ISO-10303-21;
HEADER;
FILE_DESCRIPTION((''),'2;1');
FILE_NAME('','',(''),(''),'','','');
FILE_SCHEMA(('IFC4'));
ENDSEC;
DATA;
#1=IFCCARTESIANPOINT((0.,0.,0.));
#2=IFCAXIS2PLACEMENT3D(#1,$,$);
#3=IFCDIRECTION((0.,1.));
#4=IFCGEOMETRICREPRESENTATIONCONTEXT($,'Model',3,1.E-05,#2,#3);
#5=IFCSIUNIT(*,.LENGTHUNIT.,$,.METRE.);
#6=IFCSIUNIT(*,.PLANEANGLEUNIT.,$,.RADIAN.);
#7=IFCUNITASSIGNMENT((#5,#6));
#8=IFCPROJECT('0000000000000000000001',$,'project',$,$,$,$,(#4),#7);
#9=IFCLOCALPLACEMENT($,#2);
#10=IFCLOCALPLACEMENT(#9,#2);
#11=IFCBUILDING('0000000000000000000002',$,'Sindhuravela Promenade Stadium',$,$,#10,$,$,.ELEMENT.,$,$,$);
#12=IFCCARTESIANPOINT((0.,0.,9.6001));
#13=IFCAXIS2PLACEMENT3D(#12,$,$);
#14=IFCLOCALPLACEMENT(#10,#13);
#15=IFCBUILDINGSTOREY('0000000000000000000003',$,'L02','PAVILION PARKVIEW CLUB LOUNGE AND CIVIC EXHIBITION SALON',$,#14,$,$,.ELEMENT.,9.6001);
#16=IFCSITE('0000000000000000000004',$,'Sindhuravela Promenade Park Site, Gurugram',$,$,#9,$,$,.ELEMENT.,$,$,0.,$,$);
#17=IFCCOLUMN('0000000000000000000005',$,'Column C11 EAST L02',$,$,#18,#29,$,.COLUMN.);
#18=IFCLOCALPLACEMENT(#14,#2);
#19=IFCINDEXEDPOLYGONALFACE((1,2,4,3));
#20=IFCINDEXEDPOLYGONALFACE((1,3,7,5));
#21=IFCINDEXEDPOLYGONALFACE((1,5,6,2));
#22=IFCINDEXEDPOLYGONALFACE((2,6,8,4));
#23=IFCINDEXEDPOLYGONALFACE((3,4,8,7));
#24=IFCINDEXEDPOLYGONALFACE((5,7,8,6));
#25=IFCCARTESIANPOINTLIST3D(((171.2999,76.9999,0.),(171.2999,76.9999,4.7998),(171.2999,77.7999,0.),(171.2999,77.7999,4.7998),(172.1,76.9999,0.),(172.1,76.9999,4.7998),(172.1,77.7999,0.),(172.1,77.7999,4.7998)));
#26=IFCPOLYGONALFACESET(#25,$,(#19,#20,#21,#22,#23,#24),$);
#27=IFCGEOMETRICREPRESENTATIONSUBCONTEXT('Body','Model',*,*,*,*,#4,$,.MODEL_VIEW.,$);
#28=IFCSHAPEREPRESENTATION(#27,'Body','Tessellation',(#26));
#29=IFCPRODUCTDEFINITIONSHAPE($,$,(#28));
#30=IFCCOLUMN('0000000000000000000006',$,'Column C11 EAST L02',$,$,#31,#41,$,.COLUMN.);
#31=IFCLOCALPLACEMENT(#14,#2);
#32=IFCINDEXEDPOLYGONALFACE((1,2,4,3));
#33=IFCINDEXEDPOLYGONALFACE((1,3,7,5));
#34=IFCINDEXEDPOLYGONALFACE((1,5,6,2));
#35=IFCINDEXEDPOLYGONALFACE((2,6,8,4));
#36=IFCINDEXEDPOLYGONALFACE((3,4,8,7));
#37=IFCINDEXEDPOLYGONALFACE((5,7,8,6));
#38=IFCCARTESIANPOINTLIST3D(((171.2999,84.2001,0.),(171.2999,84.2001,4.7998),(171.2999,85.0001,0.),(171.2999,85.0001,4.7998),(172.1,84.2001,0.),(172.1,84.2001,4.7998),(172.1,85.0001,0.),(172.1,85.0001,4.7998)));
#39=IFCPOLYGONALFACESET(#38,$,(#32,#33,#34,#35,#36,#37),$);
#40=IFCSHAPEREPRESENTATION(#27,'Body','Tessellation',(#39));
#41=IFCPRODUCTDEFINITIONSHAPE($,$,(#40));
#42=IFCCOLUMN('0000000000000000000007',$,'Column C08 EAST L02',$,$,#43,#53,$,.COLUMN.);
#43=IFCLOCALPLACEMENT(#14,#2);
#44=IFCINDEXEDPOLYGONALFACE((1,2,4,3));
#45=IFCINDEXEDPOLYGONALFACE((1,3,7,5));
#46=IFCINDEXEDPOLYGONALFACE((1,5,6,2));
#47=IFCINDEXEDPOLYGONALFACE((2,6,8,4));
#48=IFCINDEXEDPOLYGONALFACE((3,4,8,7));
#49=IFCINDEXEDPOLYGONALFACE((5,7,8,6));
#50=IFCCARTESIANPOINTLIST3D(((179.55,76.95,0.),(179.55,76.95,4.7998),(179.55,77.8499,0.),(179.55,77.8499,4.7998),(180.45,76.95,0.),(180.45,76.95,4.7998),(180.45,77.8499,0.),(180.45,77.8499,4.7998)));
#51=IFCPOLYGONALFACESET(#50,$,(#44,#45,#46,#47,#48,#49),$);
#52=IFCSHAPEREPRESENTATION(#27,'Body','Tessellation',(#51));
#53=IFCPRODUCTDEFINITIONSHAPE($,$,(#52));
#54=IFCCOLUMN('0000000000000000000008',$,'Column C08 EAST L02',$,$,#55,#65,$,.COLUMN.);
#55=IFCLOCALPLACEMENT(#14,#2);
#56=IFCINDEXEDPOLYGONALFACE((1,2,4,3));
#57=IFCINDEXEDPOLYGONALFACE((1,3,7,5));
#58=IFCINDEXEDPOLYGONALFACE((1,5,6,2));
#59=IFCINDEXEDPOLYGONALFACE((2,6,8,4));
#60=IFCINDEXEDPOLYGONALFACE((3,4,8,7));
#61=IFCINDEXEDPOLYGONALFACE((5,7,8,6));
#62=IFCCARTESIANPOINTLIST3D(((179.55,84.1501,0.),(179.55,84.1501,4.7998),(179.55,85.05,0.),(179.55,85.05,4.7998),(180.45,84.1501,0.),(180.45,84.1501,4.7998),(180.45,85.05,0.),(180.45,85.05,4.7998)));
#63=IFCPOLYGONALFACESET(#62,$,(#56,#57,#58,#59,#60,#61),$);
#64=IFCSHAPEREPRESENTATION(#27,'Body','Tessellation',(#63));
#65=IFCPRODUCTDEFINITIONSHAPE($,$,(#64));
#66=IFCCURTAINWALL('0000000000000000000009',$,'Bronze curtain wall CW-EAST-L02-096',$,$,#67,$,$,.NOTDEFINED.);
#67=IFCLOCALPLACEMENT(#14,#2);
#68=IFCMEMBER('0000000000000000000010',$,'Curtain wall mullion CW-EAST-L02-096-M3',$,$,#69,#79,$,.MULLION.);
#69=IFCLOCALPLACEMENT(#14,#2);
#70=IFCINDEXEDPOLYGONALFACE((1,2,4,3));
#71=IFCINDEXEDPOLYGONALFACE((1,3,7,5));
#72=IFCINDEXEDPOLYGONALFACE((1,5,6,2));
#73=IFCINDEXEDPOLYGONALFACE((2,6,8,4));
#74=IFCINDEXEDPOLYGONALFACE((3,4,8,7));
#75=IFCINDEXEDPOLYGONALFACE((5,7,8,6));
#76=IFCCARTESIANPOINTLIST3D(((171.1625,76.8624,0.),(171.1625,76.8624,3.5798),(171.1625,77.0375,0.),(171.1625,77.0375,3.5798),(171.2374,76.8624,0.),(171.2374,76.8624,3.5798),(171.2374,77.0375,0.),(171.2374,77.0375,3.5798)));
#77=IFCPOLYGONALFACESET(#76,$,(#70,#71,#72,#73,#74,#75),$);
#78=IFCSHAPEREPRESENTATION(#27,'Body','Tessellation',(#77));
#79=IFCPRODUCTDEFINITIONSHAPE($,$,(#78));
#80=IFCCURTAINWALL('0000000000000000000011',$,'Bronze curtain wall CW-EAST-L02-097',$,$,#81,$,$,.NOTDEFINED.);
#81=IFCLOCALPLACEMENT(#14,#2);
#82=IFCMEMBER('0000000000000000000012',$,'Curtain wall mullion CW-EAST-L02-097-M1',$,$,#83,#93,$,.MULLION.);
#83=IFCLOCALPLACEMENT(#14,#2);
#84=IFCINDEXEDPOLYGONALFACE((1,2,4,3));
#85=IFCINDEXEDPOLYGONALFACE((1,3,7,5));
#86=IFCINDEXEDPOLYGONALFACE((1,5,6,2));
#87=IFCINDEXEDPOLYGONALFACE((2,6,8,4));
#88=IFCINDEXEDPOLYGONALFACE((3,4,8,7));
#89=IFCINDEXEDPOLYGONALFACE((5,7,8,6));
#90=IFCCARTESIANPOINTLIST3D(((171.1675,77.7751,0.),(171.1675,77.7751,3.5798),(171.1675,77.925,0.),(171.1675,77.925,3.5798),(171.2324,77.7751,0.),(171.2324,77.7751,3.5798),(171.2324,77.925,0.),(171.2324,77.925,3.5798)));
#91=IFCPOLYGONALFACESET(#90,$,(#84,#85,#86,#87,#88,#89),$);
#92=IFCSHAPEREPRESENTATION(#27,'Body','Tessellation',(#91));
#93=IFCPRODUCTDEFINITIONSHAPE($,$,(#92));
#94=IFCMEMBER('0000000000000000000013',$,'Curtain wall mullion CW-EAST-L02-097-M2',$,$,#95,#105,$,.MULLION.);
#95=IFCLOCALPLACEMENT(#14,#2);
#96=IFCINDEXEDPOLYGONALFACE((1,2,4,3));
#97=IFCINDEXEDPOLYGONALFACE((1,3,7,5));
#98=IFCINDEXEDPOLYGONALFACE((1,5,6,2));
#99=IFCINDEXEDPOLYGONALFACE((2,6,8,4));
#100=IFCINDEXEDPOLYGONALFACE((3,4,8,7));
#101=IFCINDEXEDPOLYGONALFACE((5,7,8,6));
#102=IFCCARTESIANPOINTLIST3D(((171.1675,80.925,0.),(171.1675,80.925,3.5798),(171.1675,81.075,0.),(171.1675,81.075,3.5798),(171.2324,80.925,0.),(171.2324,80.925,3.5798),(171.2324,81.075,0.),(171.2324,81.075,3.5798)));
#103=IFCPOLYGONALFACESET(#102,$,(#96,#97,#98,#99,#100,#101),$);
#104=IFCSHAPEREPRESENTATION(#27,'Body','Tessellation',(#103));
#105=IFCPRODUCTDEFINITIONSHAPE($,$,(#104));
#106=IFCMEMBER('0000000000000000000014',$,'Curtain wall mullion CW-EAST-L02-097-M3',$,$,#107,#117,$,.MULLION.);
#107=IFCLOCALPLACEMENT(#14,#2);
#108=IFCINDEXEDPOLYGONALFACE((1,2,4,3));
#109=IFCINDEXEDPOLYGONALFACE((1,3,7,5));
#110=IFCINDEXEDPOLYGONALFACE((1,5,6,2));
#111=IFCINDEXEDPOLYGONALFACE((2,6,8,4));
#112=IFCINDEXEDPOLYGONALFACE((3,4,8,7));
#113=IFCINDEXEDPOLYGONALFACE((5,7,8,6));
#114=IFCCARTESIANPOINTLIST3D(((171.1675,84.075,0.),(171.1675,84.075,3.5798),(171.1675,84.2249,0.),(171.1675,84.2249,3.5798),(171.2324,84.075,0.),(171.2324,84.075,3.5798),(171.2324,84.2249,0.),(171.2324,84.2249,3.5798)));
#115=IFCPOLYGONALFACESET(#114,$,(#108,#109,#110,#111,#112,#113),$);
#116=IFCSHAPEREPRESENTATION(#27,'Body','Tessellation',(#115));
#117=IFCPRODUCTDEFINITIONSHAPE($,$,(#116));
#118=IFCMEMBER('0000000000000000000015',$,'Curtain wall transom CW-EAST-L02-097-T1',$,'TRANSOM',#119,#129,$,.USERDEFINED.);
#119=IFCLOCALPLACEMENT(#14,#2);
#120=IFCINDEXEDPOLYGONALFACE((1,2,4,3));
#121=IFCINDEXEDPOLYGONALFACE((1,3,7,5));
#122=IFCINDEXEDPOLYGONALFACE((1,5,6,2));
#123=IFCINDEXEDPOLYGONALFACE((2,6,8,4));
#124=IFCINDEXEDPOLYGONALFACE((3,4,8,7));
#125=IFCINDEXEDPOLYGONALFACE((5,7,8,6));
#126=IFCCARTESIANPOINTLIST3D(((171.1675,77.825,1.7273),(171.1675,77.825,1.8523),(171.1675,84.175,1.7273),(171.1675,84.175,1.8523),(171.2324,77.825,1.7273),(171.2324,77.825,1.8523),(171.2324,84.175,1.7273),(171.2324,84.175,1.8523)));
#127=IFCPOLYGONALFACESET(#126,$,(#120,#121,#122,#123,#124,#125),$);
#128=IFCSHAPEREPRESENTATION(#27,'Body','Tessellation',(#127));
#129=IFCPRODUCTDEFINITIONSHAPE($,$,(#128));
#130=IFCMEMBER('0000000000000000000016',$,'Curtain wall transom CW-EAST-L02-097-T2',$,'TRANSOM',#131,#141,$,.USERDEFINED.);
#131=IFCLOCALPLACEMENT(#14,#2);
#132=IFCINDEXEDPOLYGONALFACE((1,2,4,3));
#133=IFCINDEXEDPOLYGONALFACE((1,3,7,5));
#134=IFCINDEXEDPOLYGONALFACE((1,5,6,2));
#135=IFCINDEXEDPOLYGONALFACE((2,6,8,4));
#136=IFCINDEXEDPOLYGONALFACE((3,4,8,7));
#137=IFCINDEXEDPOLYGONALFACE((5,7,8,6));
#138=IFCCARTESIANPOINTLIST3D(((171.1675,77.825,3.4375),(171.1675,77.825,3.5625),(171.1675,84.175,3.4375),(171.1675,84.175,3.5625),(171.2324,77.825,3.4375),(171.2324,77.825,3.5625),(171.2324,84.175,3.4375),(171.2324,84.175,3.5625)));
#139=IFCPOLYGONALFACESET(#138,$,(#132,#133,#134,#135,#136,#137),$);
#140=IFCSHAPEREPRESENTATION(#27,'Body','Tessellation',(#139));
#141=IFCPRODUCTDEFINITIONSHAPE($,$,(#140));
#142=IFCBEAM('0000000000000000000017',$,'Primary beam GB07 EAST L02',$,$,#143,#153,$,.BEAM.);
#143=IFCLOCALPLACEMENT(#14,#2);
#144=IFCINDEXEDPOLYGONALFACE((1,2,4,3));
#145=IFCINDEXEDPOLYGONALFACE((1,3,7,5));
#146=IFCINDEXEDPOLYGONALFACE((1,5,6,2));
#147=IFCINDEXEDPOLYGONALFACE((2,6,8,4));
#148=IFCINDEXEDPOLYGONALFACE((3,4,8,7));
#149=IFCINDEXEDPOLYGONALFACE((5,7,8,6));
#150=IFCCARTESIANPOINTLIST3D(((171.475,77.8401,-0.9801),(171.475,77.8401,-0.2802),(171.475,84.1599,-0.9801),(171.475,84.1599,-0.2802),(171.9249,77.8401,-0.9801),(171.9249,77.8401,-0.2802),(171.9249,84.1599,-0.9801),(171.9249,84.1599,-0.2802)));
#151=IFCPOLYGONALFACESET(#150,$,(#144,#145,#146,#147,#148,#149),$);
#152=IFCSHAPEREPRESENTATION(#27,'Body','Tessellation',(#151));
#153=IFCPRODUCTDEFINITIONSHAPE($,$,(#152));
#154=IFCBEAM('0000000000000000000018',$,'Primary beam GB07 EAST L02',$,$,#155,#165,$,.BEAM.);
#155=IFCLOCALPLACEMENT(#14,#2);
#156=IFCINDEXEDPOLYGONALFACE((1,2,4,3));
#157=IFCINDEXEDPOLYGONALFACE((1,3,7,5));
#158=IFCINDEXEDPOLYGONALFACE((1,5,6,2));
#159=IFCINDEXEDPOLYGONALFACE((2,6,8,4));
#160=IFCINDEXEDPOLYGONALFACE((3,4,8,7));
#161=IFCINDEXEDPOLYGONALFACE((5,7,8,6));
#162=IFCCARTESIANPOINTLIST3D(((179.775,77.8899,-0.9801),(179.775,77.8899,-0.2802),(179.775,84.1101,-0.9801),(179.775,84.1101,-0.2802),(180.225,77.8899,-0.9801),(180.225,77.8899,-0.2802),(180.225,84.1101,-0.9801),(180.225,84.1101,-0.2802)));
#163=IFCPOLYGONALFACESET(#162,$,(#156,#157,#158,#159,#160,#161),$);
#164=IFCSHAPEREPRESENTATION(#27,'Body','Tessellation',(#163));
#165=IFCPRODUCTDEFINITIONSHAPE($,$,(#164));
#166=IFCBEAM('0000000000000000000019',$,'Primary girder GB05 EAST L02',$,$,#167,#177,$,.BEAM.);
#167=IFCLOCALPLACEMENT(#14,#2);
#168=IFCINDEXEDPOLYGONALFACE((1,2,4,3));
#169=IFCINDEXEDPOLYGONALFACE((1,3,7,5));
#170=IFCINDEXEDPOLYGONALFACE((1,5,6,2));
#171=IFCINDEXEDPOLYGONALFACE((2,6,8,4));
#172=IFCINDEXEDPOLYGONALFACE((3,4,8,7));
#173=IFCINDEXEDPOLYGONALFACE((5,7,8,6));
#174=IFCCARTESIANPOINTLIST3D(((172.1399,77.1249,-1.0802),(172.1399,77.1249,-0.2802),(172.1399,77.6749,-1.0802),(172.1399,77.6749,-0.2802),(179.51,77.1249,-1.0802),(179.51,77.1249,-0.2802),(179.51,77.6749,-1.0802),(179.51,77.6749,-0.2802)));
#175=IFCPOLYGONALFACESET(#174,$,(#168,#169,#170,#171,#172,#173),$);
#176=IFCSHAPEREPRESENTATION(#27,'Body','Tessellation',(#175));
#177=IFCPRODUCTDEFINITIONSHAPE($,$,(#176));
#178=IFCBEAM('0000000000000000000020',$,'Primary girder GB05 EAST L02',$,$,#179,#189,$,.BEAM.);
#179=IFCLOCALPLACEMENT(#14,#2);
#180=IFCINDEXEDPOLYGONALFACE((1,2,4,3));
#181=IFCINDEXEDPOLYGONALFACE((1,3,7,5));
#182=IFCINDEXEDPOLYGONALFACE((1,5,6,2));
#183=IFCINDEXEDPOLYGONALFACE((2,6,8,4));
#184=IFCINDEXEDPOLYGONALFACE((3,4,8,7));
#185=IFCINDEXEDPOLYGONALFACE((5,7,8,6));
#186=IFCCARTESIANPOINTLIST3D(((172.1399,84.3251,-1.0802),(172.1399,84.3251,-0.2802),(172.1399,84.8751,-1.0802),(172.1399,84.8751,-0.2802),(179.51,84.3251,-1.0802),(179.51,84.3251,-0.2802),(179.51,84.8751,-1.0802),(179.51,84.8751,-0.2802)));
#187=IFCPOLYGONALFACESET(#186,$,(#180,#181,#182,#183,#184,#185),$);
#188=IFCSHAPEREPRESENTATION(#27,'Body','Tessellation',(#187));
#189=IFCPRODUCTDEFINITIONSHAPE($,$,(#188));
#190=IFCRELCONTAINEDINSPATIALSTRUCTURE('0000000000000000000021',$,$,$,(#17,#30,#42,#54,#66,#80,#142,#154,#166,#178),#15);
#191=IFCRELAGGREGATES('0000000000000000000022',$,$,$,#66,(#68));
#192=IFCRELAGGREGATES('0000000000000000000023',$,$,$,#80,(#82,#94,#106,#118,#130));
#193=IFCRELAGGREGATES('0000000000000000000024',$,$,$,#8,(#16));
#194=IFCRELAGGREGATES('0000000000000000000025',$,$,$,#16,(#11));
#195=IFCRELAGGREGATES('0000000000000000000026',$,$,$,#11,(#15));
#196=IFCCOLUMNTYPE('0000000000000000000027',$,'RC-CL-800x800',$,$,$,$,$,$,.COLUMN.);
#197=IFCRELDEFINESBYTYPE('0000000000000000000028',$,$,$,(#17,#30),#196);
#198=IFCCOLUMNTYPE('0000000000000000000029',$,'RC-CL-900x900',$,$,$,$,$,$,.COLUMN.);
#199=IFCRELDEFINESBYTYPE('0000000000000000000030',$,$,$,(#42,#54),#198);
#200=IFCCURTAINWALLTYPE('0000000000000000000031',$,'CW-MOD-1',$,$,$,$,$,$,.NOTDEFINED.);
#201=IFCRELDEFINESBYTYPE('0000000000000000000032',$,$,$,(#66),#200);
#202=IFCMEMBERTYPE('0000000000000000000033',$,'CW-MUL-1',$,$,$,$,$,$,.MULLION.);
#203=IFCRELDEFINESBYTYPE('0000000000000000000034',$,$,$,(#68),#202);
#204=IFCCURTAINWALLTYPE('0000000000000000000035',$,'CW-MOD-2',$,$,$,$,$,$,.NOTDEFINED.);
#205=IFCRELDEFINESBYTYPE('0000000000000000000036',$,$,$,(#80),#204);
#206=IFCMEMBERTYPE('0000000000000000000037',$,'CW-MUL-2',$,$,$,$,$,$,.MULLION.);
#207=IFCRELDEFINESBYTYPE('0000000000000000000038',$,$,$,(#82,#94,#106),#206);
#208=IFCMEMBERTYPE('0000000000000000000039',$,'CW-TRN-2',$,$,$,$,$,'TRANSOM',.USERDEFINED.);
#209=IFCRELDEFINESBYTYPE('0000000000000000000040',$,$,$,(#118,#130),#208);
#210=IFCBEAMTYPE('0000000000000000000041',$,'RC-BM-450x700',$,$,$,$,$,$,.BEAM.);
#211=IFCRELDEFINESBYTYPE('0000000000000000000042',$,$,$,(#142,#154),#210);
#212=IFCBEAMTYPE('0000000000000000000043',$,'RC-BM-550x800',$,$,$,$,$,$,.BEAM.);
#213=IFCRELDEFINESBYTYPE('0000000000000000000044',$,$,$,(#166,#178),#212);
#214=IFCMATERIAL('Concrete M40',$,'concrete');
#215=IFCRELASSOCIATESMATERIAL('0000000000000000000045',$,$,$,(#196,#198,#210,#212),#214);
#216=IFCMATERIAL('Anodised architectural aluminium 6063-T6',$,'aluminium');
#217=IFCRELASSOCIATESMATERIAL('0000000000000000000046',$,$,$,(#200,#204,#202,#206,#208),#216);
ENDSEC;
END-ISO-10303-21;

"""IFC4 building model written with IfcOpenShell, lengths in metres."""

from ifc_helpers import new_model, si_unit, direction, frame, origin, origin_2d, place, context, subcontext, project, spatial, rectangle, extrude, material, material_profile, profile_set, type_object, element, aggregate, save


model = new_model("IFC4")

# Units and contexts
model_context = context("Model", 3, precision=1e-05, world=origin(), true_north=direction((0.0, 1.0)))
body_context = subcontext(model_context, "Body", "Model", "MODEL_VIEW")
ifc_project = project(units=[si_unit("LENGTHUNIT", "METRE"), si_unit("PLANEANGLEUNIT", "RADIAN")], contexts=[model_context])

# Site, building, storey
site_placement = place(None, origin())
site = spatial("IfcSite", under=ifc_project, at=site_placement, Name="Sindhuravela Promenade Park Site, Gurugram", CompositionType="ELEMENT", RefElevation=0.0)
building_placement = place(site_placement, origin())
building = spatial("IfcBuilding", under=site, at=building_placement, Name="Sindhuravela Promenade Stadium", CompositionType="ELEMENT")
storey_placement = place(building_placement, frame((0.0, 0.0, 9.6001)))
storey = spatial("IfcBuildingStorey", under=building, at=storey_placement, Name="L02", Description="PAVILION PARKVIEW CLUB LOUNGE AND CIVIC EXHIBITION SALON", CompositionType="ELEMENT", Elevation=9.6001)

# Columns
ifc_material_1 = material(Name="Concrete M40", Category="concrete")
ifc_material_profile_1 = material_profile(ifc_material_1, rectangle(XDim=0.8, YDim=0.8, at=origin_2d()), Name="RC 800x800")
ifc_profile_set_1 = profile_set([ifc_material_profile_1], Name="Concrete M40")
column_type_1 = type_object("IfcColumnType", Name="RC-CL-800x800", PredefinedType="COLUMN", material=ifc_profile_set_1)
for number, where, z_axis, x_axis, name in (
    (1, (171.7, 77.3999, 0.0), (0.0, 0.0, 1.0), (1.0, 0.0, 0.0), "Column C11 EAST L02"),
    (2, (171.7, 84.6001, 0.0), (0.0, 0.0, 1.0), (1.0, 0.0, 0.0), "Column C11 EAST L02"),
):
    element("IfcColumn", number, at=place(storey_placement, frame(where, z_axis=z_axis, x_axis=x_axis)), inside=storey, type_object=column_type_1, Name=name, PredefinedType="COLUMN", context=body_context, shape_type="SweptSolid", body=[
        extrude(rectangle(XDim=0.8, YDim=0.8, at=origin_2d()), origin(), (0.0, 0.0, 1.0), 4.7998),
    ])
ifc_material_profile_2 = material_profile(ifc_material_1, rectangle(XDim=0.8999, YDim=0.8999, at=origin_2d()), Name="RC 900x900")
ifc_profile_set_2 = profile_set([ifc_material_profile_2], Name="Concrete M40")
column_type_2 = type_object("IfcColumnType", Name="RC-CL-900x900", PredefinedType="COLUMN", material=ifc_profile_set_2)
for number, where, z_axis, x_axis, name in (
    (3, (180.0, 77.3999, 0.0), (0.0, 0.0, 1.0), (1.0, 0.0, 0.0), "Column C08 EAST L02"),
    (4, (180.0, 84.6001, 0.0), (0.0, 0.0, 1.0), (1.0, 0.0, 0.0), "Column C08 EAST L02"),
):
    element("IfcColumn", number, at=place(storey_placement, frame(where, z_axis=z_axis, x_axis=x_axis)), inside=storey, type_object=column_type_2, Name=name, PredefinedType="COLUMN", context=body_context, shape_type="SweptSolid", body=[
        extrude(rectangle(XDim=0.8999, YDim=0.8999, at=origin_2d()), origin(), (0.0, 0.0, 1.0), 4.7998),
    ])

# Curtain wall, member
ifc_material_2 = material(Name="Anodised architectural aluminium 6063-T6", Category="aluminium")
curtain_wall_type_1 = type_object("IfcCurtainWallType", Name="CW-MOD-1", PredefinedType="NOTDEFINED", material=ifc_material_2)
curtain_wall_1_placement = place(storey_placement, origin())
curtain_wall_1 = element("IfcCurtainWall", 5, at=curtain_wall_1_placement, inside=storey, type_object=curtain_wall_type_1, Name="Bronze curtain wall CW-EAST-L02-096", PredefinedType="NOTDEFINED")
ifc_material_profile_3 = material_profile(ifc_material_2, rectangle(XDim=0.075, YDim=0.175, at=origin_2d()), Name="ALU MULL 75x175")
ifc_profile_set_3 = profile_set([ifc_material_profile_3], Name="Anodised architectural aluminium 6063-T6")
member_type_1 = type_object("IfcMemberType", Name="CW-MUL-1", PredefinedType="MULLION", material=ifc_profile_set_3)
member_1_placement = place(storey_placement, frame((171.2, 76.95, 0.0), z_axis=(0.0, 0.0, 1.0), x_axis=(1.0, 0.0, 0.0)))
member_1 = element("IfcMember", 6, at=member_1_placement, type_object=member_type_1, Name="Curtain wall mullion CW-EAST-L02-096-M3", PredefinedType="MULLION", context=body_context, shape_type="SweptSolid", body=[
    extrude(rectangle(XDim=0.075, YDim=0.175, at=origin_2d()), origin(), (0.0, 0.0, 1.0), 3.5798),
])
aggregate(curtain_wall_1, [member_1])

# Curtain wall, members
curtain_wall_type_2 = type_object("IfcCurtainWallType", Name="CW-MOD-2", PredefinedType="NOTDEFINED", material=ifc_material_2)
curtain_wall_2_placement = place(storey_placement, origin())
curtain_wall_2 = element("IfcCurtainWall", 7, at=curtain_wall_2_placement, inside=storey, type_object=curtain_wall_type_2, Name="Bronze curtain wall CW-EAST-L02-097", PredefinedType="NOTDEFINED")
ifc_material_profile_4 = material_profile(ifc_material_2, rectangle(XDim=0.0649, YDim=0.1499, at=origin_2d()), Name="ALU MULL 65x150")
ifc_profile_set_4 = profile_set([ifc_material_profile_4], Name="Anodised architectural aluminium 6063-T6")
member_type_2 = type_object("IfcMemberType", Name="CW-MUL-2", PredefinedType="MULLION", material=ifc_profile_set_4)
member_2_placement = place(storey_placement, frame((171.2, 77.8501, 0.0), z_axis=(0.0, 0.0, 1.0), x_axis=(1.0, 0.0, 0.0)))
member_2 = element("IfcMember", 8, at=member_2_placement, type_object=member_type_2, Name="Curtain wall mullion CW-EAST-L02-097-M1", PredefinedType="MULLION", context=body_context, shape_type="SweptSolid", body=[
    extrude(rectangle(XDim=0.0649, YDim=0.1499, at=origin_2d()), origin(), (0.0, 0.0, 1.0), 3.5798),
])
member_3_placement = place(storey_placement, frame((171.2, 81.0, 0.0), z_axis=(0.0, 0.0, 1.0), x_axis=(1.0, 0.0, 0.0)))
member_3 = element("IfcMember", 9, at=member_3_placement, type_object=member_type_2, Name="Curtain wall mullion CW-EAST-L02-097-M2", PredefinedType="MULLION", context=body_context, shape_type="SweptSolid", body=[
    extrude(rectangle(XDim=0.0649, YDim=0.1499, at=origin_2d()), origin(), (0.0, 0.0, 1.0), 3.5798),
])
member_4_placement = place(storey_placement, frame((171.2, 84.1499, 0.0), z_axis=(0.0, 0.0, 1.0), x_axis=(1.0, 0.0, 0.0)))
member_4 = element("IfcMember", 10, at=member_4_placement, type_object=member_type_2, Name="Curtain wall mullion CW-EAST-L02-097-M3", PredefinedType="MULLION", context=body_context, shape_type="SweptSolid", body=[
    extrude(rectangle(XDim=0.0649, YDim=0.1499, at=origin_2d()), origin(), (0.0, 0.0, 1.0), 3.5798),
])
ifc_material_profile_5 = material_profile(ifc_material_2, rectangle(XDim=0.0649, YDim=0.125, at=origin_2d()), Name="ALU TRAN 65x125")
ifc_profile_set_5 = profile_set([ifc_material_profile_5], Name="Anodised architectural aluminium 6063-T6")
member_type_3 = type_object("IfcMemberType", Name="CW-TRN-2", ElementType="TRANSOM", PredefinedType="USERDEFINED", material=ifc_profile_set_5)
member_5_placement = place(storey_placement, frame((171.2, 77.825, 1.7898), z_axis=(0.0, 1.0, 0.0), x_axis=(-1.0, 0.0, 0.0)))
member_5 = element("IfcMember", 11, at=member_5_placement, type_object=member_type_3, Name="Curtain wall transom CW-EAST-L02-097-T1", ObjectType="TRANSOM", PredefinedType="USERDEFINED", context=body_context, shape_type="SweptSolid", body=[
    extrude(rectangle(XDim=0.0649, YDim=0.125, at=origin_2d()), origin(), (0.0, 0.0, 1.0), 6.3501),
])
member_6_placement = place(storey_placement, frame((171.2, 77.825, 3.5), z_axis=(0.0, 1.0, 0.0), x_axis=(-1.0, 0.0, 0.0)))
member_6 = element("IfcMember", 12, at=member_6_placement, type_object=member_type_3, Name="Curtain wall transom CW-EAST-L02-097-T2", ObjectType="TRANSOM", PredefinedType="USERDEFINED", context=body_context, shape_type="SweptSolid", body=[
    extrude(rectangle(XDim=0.0649, YDim=0.125, at=origin_2d()), origin(), (0.0, 0.0, 1.0), 6.3501),
])

# Beams
ifc_material_profile_6 = material_profile(ifc_material_1, rectangle(XDim=0.45, YDim=0.7, at=origin_2d()), Name="RC 450x700")
ifc_profile_set_6 = profile_set([ifc_material_profile_6], Name="Concrete M40")
beam_type_1 = type_object("IfcBeamType", Name="RC-BM-450x700", PredefinedType="BEAM", material=ifc_profile_set_6)
beam_1_placement = place(storey_placement, frame((171.7, 77.8401, -0.6301), z_axis=(0.0, 1.0, 0.0), x_axis=(-1.0, 0.0, 0.0)))
element("IfcBeam", 13, at=beam_1_placement, inside=storey, type_object=beam_type_1, Name="Primary beam GB07 EAST L02", PredefinedType="BEAM", context=body_context, shape_type="SweptSolid", body=[
    extrude(rectangle(XDim=0.45, YDim=0.7, at=origin_2d()), origin(), (0.0, 0.0, 1.0), 6.3198),
])
beam_2_placement = place(storey_placement, frame((180.0, 77.8899, -0.6301), z_axis=(0.0, 1.0, 0.0), x_axis=(-1.0, 0.0, 0.0)))
element("IfcBeam", 14, at=beam_2_placement, inside=storey, type_object=beam_type_1, Name="Primary beam GB07 EAST L02", PredefinedType="BEAM", context=body_context, shape_type="SweptSolid", body=[
    extrude(rectangle(XDim=0.45, YDim=0.7, at=origin_2d()), origin(), (0.0, 0.0, 1.0), 6.2202),
])
ifc_material_profile_7 = material_profile(ifc_material_1, rectangle(XDim=0.55, YDim=0.8, at=origin_2d()), Name="RC 550x800")
ifc_profile_set_7 = profile_set([ifc_material_profile_7], Name="Concrete M40")
beam_type_2 = type_object("IfcBeamType", Name="RC-BM-550x800", PredefinedType="BEAM", material=ifc_profile_set_7)
for number, where, z_axis, x_axis, name in (
    (15, (172.1399, 77.3999, -0.6802), (1.0, 0.0, 0.0), (0.0, 1.0, 0.0), "Primary girder GB05 EAST L02"),
    (16, (172.1399, 84.6001, -0.6802), (1.0, 0.0, 0.0), (0.0, 1.0, 0.0), "Primary girder GB05 EAST L02"),
):
    element("IfcBeam", number, at=place(storey_placement, frame(where, z_axis=z_axis, x_axis=x_axis)), inside=storey, type_object=beam_type_2, Name=name, PredefinedType="BEAM", context=body_context, shape_type="SweptSolid", body=[
        extrude(rectangle(XDim=0.55, YDim=0.8, at=origin_2d()), origin(), (0.0, 0.0, 1.0), 7.3701),
    ])

aggregate(curtain_wall_2, [member_2, member_3, member_4, member_5, member_6])

save(model, "model.ifc")
